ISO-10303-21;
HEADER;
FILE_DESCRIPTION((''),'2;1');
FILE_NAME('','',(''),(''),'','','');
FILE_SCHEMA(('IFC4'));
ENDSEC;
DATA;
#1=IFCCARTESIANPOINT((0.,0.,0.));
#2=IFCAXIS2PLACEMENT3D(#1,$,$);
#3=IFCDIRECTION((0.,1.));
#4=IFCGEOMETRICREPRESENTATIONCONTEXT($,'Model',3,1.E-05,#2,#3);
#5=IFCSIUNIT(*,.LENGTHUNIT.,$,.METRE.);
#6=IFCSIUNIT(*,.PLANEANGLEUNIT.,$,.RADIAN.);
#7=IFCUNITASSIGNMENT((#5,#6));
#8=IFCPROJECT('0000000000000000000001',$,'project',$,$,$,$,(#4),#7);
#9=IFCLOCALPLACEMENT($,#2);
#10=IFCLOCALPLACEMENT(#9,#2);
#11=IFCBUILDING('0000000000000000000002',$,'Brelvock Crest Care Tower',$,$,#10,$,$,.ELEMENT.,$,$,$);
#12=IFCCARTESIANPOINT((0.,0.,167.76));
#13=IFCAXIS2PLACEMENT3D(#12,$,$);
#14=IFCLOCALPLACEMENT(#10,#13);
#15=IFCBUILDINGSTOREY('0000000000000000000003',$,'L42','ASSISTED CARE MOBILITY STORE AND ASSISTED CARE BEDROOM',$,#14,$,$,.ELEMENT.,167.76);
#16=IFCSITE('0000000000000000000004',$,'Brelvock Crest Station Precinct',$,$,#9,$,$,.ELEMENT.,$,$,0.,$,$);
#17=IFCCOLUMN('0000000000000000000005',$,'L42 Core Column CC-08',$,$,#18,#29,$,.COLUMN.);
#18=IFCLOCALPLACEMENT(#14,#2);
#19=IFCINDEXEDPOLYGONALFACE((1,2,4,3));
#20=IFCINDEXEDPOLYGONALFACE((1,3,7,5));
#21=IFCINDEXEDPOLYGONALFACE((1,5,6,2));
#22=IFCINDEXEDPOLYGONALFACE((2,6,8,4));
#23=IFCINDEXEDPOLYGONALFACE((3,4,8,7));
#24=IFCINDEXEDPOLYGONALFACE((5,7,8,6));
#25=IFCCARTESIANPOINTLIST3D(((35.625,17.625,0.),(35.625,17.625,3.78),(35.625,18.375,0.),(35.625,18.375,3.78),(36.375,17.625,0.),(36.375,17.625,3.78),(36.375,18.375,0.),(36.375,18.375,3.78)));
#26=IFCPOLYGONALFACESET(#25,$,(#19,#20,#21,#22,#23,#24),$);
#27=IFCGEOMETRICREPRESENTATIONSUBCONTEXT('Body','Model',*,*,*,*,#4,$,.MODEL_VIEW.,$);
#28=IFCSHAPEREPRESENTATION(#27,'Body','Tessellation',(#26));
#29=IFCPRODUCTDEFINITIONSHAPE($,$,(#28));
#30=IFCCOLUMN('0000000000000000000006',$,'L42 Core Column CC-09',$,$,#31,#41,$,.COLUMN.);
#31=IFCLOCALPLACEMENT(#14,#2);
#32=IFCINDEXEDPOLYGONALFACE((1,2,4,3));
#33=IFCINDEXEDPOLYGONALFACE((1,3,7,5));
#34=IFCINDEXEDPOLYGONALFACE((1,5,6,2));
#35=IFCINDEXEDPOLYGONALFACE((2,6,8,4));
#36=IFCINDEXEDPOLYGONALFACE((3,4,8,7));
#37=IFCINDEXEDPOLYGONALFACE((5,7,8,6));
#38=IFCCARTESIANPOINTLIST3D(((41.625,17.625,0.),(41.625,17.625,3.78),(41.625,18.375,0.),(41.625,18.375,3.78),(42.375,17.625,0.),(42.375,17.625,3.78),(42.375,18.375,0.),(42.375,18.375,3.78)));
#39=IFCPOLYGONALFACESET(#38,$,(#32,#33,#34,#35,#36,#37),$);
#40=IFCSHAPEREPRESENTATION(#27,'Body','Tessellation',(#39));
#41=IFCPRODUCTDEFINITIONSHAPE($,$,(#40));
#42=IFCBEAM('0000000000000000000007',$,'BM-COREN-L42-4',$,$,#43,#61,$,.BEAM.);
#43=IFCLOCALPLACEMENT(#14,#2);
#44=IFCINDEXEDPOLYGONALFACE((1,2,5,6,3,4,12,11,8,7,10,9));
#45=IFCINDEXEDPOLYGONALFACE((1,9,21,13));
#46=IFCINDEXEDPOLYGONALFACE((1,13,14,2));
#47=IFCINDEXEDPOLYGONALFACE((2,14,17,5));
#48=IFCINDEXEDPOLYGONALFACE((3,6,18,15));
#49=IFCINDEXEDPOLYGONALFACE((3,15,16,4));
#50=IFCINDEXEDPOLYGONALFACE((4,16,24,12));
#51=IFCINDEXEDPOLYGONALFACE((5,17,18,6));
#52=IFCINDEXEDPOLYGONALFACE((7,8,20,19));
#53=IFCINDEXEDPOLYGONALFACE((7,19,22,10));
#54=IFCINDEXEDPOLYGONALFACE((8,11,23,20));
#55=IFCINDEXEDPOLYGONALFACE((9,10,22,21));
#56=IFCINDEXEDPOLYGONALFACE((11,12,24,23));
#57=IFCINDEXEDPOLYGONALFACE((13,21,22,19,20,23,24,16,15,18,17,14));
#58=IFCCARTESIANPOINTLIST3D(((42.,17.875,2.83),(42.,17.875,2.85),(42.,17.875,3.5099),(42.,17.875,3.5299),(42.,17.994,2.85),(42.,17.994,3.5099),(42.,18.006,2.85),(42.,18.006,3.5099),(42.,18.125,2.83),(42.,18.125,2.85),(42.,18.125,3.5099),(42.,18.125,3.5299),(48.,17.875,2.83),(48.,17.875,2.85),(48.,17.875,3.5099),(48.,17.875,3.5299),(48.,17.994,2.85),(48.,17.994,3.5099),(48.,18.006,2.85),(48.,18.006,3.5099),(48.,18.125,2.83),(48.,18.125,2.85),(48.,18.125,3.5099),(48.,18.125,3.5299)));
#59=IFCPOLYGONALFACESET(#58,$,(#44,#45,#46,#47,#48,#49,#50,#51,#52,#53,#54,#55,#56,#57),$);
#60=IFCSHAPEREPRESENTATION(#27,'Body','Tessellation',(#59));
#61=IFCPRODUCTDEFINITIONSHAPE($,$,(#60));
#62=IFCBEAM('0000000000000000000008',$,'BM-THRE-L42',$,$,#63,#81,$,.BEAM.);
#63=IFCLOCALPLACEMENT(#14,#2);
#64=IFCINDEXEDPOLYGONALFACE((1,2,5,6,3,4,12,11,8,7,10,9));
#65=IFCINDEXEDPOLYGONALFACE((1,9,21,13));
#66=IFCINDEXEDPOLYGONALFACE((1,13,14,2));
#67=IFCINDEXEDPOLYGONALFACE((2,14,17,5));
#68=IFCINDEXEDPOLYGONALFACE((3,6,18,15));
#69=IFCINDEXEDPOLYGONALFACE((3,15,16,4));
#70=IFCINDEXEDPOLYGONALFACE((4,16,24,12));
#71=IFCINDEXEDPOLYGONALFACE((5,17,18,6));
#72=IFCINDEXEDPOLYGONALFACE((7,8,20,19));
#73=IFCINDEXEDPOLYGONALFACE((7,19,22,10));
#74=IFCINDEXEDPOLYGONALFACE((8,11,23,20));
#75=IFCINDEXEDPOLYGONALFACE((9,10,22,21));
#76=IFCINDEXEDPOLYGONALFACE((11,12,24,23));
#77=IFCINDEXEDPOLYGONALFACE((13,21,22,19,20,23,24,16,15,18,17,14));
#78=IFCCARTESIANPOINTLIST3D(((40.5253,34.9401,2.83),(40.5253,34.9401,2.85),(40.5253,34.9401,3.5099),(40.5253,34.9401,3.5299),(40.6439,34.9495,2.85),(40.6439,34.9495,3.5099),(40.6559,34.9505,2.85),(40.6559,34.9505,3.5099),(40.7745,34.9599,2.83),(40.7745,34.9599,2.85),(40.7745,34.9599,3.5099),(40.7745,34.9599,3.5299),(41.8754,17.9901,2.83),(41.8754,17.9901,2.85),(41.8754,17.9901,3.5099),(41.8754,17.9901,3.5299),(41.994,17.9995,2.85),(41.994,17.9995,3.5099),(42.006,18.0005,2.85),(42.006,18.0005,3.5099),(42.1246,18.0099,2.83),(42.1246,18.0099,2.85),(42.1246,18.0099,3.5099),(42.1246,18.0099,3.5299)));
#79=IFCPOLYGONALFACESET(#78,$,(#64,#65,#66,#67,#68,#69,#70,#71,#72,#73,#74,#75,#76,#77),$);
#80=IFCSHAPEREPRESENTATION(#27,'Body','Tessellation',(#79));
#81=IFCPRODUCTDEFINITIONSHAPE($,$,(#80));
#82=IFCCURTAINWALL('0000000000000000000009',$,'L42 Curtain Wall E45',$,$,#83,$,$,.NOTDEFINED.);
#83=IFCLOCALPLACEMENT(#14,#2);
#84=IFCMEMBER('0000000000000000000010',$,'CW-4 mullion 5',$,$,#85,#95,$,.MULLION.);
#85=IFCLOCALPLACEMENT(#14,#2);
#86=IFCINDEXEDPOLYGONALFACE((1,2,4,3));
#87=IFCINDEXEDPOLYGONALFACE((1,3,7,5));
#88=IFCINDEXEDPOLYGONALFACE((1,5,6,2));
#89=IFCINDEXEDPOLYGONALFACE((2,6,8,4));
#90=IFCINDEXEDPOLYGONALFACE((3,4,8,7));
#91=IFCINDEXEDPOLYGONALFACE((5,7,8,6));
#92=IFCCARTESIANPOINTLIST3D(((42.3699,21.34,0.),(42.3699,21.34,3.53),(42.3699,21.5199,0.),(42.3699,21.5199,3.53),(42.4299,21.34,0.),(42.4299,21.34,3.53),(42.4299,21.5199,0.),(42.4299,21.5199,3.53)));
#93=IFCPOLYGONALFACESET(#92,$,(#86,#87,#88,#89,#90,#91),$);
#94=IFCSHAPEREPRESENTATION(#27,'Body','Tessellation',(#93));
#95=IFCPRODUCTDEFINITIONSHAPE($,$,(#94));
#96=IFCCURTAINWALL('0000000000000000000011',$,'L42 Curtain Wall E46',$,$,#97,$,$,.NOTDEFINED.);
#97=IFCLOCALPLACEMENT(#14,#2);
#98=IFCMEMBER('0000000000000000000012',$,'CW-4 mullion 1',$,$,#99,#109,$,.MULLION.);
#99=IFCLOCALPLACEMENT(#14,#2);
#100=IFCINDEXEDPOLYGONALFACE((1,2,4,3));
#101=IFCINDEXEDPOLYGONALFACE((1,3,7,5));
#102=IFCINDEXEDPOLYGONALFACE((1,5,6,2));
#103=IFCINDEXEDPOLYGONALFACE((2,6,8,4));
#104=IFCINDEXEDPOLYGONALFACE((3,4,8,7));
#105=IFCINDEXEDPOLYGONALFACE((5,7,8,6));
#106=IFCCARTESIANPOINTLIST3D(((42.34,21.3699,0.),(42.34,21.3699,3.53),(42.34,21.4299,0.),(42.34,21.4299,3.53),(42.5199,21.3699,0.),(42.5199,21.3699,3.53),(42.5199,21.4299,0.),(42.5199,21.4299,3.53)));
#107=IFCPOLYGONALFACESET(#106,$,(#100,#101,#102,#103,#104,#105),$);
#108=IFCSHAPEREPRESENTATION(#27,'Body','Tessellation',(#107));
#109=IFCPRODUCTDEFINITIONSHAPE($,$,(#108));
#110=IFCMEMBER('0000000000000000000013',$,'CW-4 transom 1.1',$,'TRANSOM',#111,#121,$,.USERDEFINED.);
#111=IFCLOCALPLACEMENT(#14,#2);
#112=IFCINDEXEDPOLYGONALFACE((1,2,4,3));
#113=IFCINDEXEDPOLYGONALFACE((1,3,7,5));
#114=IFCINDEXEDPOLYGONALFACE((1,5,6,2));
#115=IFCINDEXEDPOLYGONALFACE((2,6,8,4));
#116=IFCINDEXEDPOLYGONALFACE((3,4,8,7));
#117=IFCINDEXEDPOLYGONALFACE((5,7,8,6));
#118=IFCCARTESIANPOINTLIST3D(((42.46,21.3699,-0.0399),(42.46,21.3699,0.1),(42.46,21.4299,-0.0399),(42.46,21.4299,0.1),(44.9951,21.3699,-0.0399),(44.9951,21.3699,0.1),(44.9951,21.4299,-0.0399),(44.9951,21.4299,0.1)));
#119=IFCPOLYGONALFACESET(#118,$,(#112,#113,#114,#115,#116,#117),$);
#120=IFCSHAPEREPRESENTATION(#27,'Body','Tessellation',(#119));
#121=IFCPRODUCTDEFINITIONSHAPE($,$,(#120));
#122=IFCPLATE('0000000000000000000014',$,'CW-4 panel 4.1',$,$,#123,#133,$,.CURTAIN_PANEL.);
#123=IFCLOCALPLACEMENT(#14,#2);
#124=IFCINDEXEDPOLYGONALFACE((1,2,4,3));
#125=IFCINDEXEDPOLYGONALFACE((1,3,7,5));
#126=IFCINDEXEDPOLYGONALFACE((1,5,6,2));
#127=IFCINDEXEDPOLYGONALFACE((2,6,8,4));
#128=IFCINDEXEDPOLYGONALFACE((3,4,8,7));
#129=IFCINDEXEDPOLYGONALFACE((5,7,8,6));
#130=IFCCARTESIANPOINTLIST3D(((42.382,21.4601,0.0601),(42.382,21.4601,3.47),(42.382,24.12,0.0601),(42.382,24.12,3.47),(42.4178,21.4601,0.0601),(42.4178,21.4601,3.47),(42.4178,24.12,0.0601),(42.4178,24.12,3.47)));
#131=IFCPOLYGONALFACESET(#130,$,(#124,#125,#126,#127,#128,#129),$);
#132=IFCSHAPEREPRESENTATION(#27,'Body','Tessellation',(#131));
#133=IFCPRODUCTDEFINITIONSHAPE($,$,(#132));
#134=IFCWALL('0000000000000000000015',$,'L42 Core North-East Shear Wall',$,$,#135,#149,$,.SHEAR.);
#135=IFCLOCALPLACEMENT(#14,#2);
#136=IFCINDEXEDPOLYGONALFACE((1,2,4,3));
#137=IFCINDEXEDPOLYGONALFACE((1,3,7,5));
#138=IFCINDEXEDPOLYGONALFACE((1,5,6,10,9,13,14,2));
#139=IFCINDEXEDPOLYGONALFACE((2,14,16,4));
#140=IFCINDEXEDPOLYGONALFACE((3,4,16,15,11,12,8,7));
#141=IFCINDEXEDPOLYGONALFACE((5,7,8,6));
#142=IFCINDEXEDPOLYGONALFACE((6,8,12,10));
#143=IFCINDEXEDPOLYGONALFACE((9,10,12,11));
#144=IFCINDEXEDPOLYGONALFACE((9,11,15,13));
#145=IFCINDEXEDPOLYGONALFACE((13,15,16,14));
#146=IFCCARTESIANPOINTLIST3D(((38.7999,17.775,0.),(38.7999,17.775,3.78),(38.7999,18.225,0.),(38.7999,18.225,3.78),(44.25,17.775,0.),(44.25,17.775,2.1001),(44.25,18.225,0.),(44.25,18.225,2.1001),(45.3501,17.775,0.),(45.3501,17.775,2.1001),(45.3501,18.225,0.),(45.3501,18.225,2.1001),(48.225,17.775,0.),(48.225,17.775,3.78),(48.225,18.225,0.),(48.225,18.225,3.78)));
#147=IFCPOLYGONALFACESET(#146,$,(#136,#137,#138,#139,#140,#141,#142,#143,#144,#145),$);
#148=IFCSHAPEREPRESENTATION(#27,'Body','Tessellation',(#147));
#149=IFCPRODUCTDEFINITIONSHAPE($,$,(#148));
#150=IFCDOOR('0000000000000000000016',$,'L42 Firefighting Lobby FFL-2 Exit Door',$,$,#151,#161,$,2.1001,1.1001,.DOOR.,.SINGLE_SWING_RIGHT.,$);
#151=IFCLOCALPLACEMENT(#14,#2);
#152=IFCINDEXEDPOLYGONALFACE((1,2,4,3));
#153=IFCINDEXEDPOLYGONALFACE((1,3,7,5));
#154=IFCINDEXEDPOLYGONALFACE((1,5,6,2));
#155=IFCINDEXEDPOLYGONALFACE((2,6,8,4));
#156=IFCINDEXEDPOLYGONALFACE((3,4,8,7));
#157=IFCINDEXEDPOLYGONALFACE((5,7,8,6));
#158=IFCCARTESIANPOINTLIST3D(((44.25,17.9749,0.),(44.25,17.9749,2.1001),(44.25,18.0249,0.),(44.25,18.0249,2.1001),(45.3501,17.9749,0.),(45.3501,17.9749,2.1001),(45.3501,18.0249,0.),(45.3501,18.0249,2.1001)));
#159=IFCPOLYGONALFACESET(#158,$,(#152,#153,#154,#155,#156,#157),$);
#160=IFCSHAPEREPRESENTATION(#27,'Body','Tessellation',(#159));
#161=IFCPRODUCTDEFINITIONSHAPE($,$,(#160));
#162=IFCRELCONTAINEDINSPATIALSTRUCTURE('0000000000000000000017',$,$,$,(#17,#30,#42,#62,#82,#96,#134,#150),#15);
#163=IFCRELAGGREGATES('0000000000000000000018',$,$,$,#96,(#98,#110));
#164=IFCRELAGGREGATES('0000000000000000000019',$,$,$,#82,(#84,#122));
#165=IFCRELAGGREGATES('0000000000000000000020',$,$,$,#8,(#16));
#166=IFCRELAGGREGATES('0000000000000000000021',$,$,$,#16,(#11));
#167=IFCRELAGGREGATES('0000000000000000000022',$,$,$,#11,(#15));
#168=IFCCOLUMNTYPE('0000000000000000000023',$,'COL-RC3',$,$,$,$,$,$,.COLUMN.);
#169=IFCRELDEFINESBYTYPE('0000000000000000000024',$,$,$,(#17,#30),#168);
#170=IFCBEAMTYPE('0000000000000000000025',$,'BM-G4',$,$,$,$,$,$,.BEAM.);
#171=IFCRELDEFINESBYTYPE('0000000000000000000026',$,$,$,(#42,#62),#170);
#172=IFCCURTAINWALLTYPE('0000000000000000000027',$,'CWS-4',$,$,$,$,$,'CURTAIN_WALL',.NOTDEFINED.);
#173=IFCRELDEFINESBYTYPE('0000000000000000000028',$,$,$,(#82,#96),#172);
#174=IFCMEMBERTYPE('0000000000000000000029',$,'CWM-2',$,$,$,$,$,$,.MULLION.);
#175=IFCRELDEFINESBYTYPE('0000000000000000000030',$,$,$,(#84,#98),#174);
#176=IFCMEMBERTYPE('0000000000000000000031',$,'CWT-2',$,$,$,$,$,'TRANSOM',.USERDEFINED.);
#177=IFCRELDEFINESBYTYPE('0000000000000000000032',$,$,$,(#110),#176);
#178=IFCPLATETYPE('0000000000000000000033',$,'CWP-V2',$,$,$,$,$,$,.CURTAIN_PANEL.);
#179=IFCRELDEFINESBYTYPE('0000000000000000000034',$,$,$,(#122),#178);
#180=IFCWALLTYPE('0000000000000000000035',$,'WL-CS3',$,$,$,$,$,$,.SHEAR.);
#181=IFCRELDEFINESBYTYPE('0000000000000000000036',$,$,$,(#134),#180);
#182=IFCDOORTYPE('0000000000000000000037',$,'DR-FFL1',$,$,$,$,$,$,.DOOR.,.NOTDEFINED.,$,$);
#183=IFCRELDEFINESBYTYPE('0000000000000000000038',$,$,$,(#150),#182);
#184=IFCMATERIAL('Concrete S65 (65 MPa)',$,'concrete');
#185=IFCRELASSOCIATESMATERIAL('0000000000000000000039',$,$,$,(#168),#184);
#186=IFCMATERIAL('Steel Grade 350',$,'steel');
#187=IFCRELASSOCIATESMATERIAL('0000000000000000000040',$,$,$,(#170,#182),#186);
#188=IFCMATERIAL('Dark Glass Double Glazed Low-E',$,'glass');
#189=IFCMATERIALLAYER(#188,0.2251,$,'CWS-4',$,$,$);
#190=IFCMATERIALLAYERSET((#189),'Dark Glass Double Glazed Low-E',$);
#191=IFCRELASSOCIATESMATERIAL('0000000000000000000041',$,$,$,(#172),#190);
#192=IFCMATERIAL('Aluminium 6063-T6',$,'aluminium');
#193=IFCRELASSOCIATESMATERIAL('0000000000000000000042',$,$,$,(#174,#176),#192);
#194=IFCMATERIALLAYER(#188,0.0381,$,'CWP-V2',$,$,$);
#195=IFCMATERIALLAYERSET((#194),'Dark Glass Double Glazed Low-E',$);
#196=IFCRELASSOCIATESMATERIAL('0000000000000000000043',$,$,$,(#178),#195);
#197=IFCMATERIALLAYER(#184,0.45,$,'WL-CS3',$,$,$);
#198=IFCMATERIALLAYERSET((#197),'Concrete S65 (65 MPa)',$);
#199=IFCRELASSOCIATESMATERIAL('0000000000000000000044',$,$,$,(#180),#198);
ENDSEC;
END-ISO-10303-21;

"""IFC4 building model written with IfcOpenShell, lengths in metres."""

from ifc_helpers import new_model, si_unit, direction, frame, frame_2d, origin, origin_2d, place, context, subcontext, project, spatial, rectangle, i_section, extrude, source, transform, mapped, material, layer, layer_set, material_profile, profile_set, type_object, element, fill, aggregate, save


model = new_model("IFC4")

# Units and contexts
model_context = context("Model", 3, precision=1e-05, world=origin(), true_north=direction((0.0, 1.0)))
body_context = subcontext(model_context, "Body", "Model", "MODEL_VIEW")
ifc_project = project(units=[si_unit("LENGTHUNIT", "METRE"), si_unit("PLANEANGLEUNIT", "RADIAN")], contexts=[model_context])

# Site, building, storey
site_placement = place(None, origin())
site = spatial("IfcSite", under=ifc_project, at=site_placement, Name="Brelvock Crest Station Precinct", CompositionType="ELEMENT", RefElevation=0.0)
building_placement = place(site_placement, origin())
building = spatial("IfcBuilding", under=site, at=building_placement, Name="Brelvock Crest Care Tower", CompositionType="ELEMENT")
storey_placement = place(building_placement, frame((0.0, 0.0, 167.76)))
storey = spatial("IfcBuildingStorey", under=building, at=storey_placement, Name="L42", Description="ASSISTED CARE MOBILITY STORE AND ASSISTED CARE BEDROOM", CompositionType="ELEMENT", Elevation=167.76)

# Columns
ifc_material_1 = material(Name="Concrete S65 (65 MPa)", Category="concrete")
ifc_material_profile_1 = material_profile(ifc_material_1, rectangle(XDim=0.75, YDim=0.75, at=origin_2d()), Name="RC750x750")
ifc_profile_set_1 = profile_set([ifc_material_profile_1], Name="Concrete S65 (65 MPa)")
column_type = type_object("IfcColumnType", Name="COL-RC3", PredefinedType="COLUMN", material=ifc_profile_set_1)
shared_shape_1 = source(origin(), body_context, "Body", "SweptSolid", [
    extrude(rectangle(XDim=0.75, YDim=0.75, at=origin_2d()), origin(), (0.0, 0.0, 1.0), 3.78),
])
for number, where, z_axis, x_axis, name in (
    (1, (36.0, 18.0, 0.0), (0.0, 0.0, 1.0), (1.0, 0.0, 0.0), "L42 Core Column CC-08"),
    (2, (42.0, 18.0, 0.0), (0.0, 0.0, 1.0), (1.0, 0.0, 0.0), "L42 Core Column CC-09"),
):
    element("IfcColumn", number, at=place(storey_placement, frame(where, z_axis=z_axis, x_axis=x_axis)), inside=storey, type_object=column_type, Name=name, PredefinedType="COLUMN", context=body_context, shape_type="MappedRepresentation", body=[
        mapped(shared_shape_1, transform((0.0, 0.0, 0.0), x_axis=(1.0, 0.0, 0.0), y_axis=(0.0, 1.0, 0.0), z_axis=(0.0, 0.0, 1.0), scale=1.0)),
    ])

# Beams
ifc_material_2 = material(Name="Steel Grade 350", Category="steel")
ifc_material_profile_2 = material_profile(ifc_material_2, i_section(OverallWidth=0.25, OverallDepth=0.7, WebThickness=0.012, FlangeThickness=0.02, at=origin_2d()), Name="700WB150")
ifc_profile_set_2 = profile_set([ifc_material_profile_2], Name="Steel Grade 350")
beam_type = type_object("IfcBeamType", Name="BM-G4", PredefinedType="BEAM", material=ifc_profile_set_2)
shared_shape_2 = source(origin(), body_context, "Body", "SweptSolid", [
    extrude(i_section(OverallWidth=0.25, OverallDepth=0.7, WebThickness=0.012, FlangeThickness=0.02, at=origin_2d()), origin(), (0.0, 0.0, 1.0), 6.0),
])
beam_1_placement = place(storey_placement, frame((42.0, 18.0, 3.1799), z_axis=(1.0, 0.0, 0.0), x_axis=(0.0, 1.0, 0.0)))
element("IfcBeam", 3, at=beam_1_placement, inside=storey, type_object=beam_type, Name="BM-COREN-L42-4", PredefinedType="BEAM", context=body_context, shape_type="MappedRepresentation", body=[
    mapped(shared_shape_2, transform((0.0, 0.0, 0.0), x_axis=(1.0, 0.0, 0.0), y_axis=(0.0, 1.0, 0.0), z_axis=(0.0, 0.0, 1.0), scale=1.0)),
])
shared_shape_3 = source(origin(), body_context, "Body", "SweptSolid", [
    extrude(i_section(OverallWidth=0.25, OverallDepth=0.7, WebThickness=0.012, FlangeThickness=0.02, at=origin_2d()), origin(), (0.0, 0.0, 1.0), 17.0037),
])
beam_2_placement = place(storey_placement, frame((42.0, 18.0, 3.1799), z_axis=(-0.079401, 0.996843, 0.0), x_axis=(-0.996843, -0.079401, 0.0)))
element("IfcBeam", 4, at=beam_2_placement, inside=storey, type_object=beam_type, Name="BM-THRE-L42", PredefinedType="BEAM", context=body_context, shape_type="MappedRepresentation", body=[
    mapped(shared_shape_3, transform((0.0, 0.0, 0.0), x_axis=(1.0, 0.0, 0.0), y_axis=(0.0, 1.0, 0.0), z_axis=(0.0, 0.0, 1.0), scale=1.0)),
])

# Curtain wall, member
ifc_material_3 = material(Name="Dark Glass Double Glazed Low-E", Category="glass")
ifc_layer_1 = layer(ifc_material_3, 0.2251, Name="CWS-4")
ifc_layer_set_1 = layer_set([ifc_layer_1], Name="Dark Glass Double Glazed Low-E")
curtain_wall_type = type_object("IfcCurtainWallType", Name="CWS-4", ElementType="CURTAIN_WALL", PredefinedType="NOTDEFINED", material=ifc_layer_set_1)
curtain_wall_1_placement = place(storey_placement, origin())
curtain_wall_1 = element("IfcCurtainWall", 5, at=curtain_wall_1_placement, inside=storey, type_object=curtain_wall_type, Name="L42 Curtain Wall E45", PredefinedType="NOTDEFINED")
ifc_material_4 = material(Name="Aluminium 6063-T6", Category="aluminium")
ifc_material_profile_3 = material_profile(ifc_material_4, rectangle(XDim=0.0601, YDim=0.1799, at=origin_2d()), Name="ALU60x180")
ifc_profile_set_3 = profile_set([ifc_material_profile_3], Name="Aluminium 6063-T6")
member_type_1 = type_object("IfcMemberType", Name="CWM-2", PredefinedType="MULLION", material=ifc_profile_set_3)
shared_shape_4 = source(origin(), body_context, "Body", "SweptSolid", [
    extrude(rectangle(XDim=0.0601, YDim=0.1799, at=origin_2d()), origin(), (0.0, 0.0, 1.0), 3.53),
])
member_1_placement = place(storey_placement, frame((42.3999, 21.4299, 0.0), z_axis=(0.0, 0.0, 1.0), x_axis=(1.0, 0.0, 0.0)))
member_1 = element("IfcMember", 6, at=member_1_placement, type_object=member_type_1, Name="CW-4 mullion 5", PredefinedType="MULLION", context=body_context, shape_type="MappedRepresentation", body=[
    mapped(shared_shape_4, transform((0.0, 0.0, 0.0), x_axis=(1.0, 0.0, 0.0), y_axis=(0.0, 1.0, 0.0), z_axis=(0.0, 0.0, 1.0), scale=1.0)),
])

# Curtain wall, members
curtain_wall_2_placement = place(storey_placement, origin())
curtain_wall_2 = element("IfcCurtainWall", 7, at=curtain_wall_2_placement, inside=storey, type_object=curtain_wall_type, Name="L42 Curtain Wall E46", PredefinedType="NOTDEFINED")
member_2_placement = place(storey_placement, frame((42.4299, 21.3999, 0.0), z_axis=(0.0, 0.0, 1.0), x_axis=(0.0, 1.0, 0.0)))
member_2 = element("IfcMember", 8, at=member_2_placement, type_object=member_type_1, Name="CW-4 mullion 1", PredefinedType="MULLION", context=body_context, shape_type="MappedRepresentation", body=[
    mapped(shared_shape_4, transform((0.0, 0.0, 0.0), x_axis=(1.0, 0.0, 0.0), y_axis=(0.0, 1.0, 0.0), z_axis=(0.0, 0.0, 1.0), scale=1.0)),
])
ifc_material_profile_4 = material_profile(ifc_material_4, rectangle(XDim=0.0601, YDim=0.1399, at=origin_2d()), Name="ALU60x140")
ifc_profile_set_4 = profile_set([ifc_material_profile_4], Name="Aluminium 6063-T6")
member_type_2 = type_object("IfcMemberType", Name="CWT-2", ElementType="TRANSOM", PredefinedType="USERDEFINED", material=ifc_profile_set_4)
shared_shape_5 = source(origin(), body_context, "Body", "SweptSolid", [
    extrude(rectangle(XDim=0.0601, YDim=0.1399, at=origin_2d()), origin(), (0.0, 0.0, 1.0), 2.5352),
])
member_3_placement = place(storey_placement, frame((42.46, 21.3999, 0.03), z_axis=(1.0, 0.0, 0.0), x_axis=(0.0, 1.0, 0.0)))
member_3 = element("IfcMember", 9, at=member_3_placement, type_object=member_type_2, Name="CW-4 transom 1.1", ObjectType="TRANSOM", PredefinedType="USERDEFINED", context=body_context, shape_type="MappedRepresentation", body=[
    mapped(shared_shape_5, transform((0.0, 0.0, 0.0), x_axis=(1.0, 0.0, 0.0), y_axis=(0.0, 1.0, 0.0), z_axis=(0.0, 0.0, 1.0), scale=1.0)),
])
aggregate(curtain_wall_2, [member_2, member_3])

# Plate
ifc_layer_2 = layer(ifc_material_3, 0.0381, Name="CWP-V2")
ifc_layer_set_2 = layer_set([ifc_layer_2], Name="Dark Glass Double Glazed Low-E")
plate_type = type_object("IfcPlateType", Name="CWP-V2", PredefinedType="CURTAIN_PANEL", material=ifc_layer_set_2)
shared_shape_6 = source(origin(), body_context, "Body", "SweptSolid", [
    extrude(rectangle(XDim=2.6599, YDim=0.0359, at=origin_2d()), origin(), (0.0, 0.0, 1.0), 3.4099),
])
plate_placement = place(storey_placement, frame((42.3999, 22.79, 0.0601), z_axis=(0.0, 0.0, 1.0), x_axis=(0.0, -1.0, 0.0)))
plate = element("IfcPlate", 10, at=plate_placement, type_object=plate_type, Name="CW-4 panel 4.1", PredefinedType="CURTAIN_PANEL", context=body_context, shape_type="MappedRepresentation", body=[
    mapped(shared_shape_6, transform((0.0, 0.0, 0.0), x_axis=(1.0, 0.0, 0.0), y_axis=(0.0, 1.0, 0.0), z_axis=(0.0, 0.0, 1.0), scale=1.0)),
])
aggregate(curtain_wall_1, [member_1, plate])

# Wall, opening, door
ifc_layer_3 = layer(ifc_material_1, 0.45, Name="WL-CS3")
ifc_layer_set_3 = layer_set([ifc_layer_3], Name="Concrete S65 (65 MPa)")
wall_type_1 = type_object("IfcWallType", Name="WL-CS3", PredefinedType="SHEAR", material=ifc_layer_set_3)
wall_1_placement = place(storey_placement, frame((38.8, 18.0, 0.0), z_axis=(0.0, 0.0, 1.0), x_axis=(1.0, 0.0, 0.0)))
wall_1 = element("IfcWall", 11, at=wall_1_placement, inside=storey, type_object=wall_type_1, Name="L42 Core North-East Shear Wall", PredefinedType="SHEAR", context=body_context, shape_type="SweptSolid", body=[
    extrude(rectangle(XDim=9.425, YDim=0.45, at=frame_2d((4.7124, 0.0))), origin(), (0.0, 0.0, 1.0), 3.78),
])
opening_1_placement = place(wall_1_placement, frame((5.45, 0.0, 0.0)))
opening_1 = element("IfcOpeningElement", 12, at=opening_1_placement, cuts=wall_1, PredefinedType="OPENING", context=body_context, shape_type="SweptSolid", body=[
    extrude(rectangle(XDim=1.1001, YDim=2.1001, at=origin_2d()), frame((0.55, 0.2349, 1.05), z_axis=(0.0, -1.0, 0.0), x_axis=(1.0, 0.0, 0.0)), (0.0, 0.0, 1.0), 0.47),
])
door_type_1 = type_object("IfcDoorType", Name="DR-FFL1", OperationType="NOTDEFINED", PredefinedType="DOOR", material=ifc_material_2)
shared_shape_7 = source(origin(), body_context, "Body", "SweptSolid", [
    extrude(rectangle(XDim=1.1001, YDim=2.1001, at=origin_2d()), frame((0.55, 0.0249, 1.05), z_axis=(0.0, -1.0, 0.0), x_axis=(1.0, 0.0, 0.0)), (0.0, 0.0, 1.0), 0.05),
])
door_1_placement = place(opening_1_placement, origin())
door_1 = element("IfcDoor", 13, at=door_1_placement, inside=storey, type_object=door_type_1, Name="L42 Firefighting Lobby FFL-2 Exit Door", OperationType="SINGLE_SWING_RIGHT", OverallHeight=2.1001, OverallWidth=1.1001, PredefinedType="DOOR", context=body_context, shape_type="MappedRepresentation", body=[
    mapped(shared_shape_7, transform((0.0, 0.0, 0.0), x_axis=(1.0, 0.0, 0.0), y_axis=(0.0, 1.0, 0.0), z_axis=(0.0, 0.0, 1.0), scale=1.0)),
])
fill(opening_1, door_1)

save(model, "model.ifc")
